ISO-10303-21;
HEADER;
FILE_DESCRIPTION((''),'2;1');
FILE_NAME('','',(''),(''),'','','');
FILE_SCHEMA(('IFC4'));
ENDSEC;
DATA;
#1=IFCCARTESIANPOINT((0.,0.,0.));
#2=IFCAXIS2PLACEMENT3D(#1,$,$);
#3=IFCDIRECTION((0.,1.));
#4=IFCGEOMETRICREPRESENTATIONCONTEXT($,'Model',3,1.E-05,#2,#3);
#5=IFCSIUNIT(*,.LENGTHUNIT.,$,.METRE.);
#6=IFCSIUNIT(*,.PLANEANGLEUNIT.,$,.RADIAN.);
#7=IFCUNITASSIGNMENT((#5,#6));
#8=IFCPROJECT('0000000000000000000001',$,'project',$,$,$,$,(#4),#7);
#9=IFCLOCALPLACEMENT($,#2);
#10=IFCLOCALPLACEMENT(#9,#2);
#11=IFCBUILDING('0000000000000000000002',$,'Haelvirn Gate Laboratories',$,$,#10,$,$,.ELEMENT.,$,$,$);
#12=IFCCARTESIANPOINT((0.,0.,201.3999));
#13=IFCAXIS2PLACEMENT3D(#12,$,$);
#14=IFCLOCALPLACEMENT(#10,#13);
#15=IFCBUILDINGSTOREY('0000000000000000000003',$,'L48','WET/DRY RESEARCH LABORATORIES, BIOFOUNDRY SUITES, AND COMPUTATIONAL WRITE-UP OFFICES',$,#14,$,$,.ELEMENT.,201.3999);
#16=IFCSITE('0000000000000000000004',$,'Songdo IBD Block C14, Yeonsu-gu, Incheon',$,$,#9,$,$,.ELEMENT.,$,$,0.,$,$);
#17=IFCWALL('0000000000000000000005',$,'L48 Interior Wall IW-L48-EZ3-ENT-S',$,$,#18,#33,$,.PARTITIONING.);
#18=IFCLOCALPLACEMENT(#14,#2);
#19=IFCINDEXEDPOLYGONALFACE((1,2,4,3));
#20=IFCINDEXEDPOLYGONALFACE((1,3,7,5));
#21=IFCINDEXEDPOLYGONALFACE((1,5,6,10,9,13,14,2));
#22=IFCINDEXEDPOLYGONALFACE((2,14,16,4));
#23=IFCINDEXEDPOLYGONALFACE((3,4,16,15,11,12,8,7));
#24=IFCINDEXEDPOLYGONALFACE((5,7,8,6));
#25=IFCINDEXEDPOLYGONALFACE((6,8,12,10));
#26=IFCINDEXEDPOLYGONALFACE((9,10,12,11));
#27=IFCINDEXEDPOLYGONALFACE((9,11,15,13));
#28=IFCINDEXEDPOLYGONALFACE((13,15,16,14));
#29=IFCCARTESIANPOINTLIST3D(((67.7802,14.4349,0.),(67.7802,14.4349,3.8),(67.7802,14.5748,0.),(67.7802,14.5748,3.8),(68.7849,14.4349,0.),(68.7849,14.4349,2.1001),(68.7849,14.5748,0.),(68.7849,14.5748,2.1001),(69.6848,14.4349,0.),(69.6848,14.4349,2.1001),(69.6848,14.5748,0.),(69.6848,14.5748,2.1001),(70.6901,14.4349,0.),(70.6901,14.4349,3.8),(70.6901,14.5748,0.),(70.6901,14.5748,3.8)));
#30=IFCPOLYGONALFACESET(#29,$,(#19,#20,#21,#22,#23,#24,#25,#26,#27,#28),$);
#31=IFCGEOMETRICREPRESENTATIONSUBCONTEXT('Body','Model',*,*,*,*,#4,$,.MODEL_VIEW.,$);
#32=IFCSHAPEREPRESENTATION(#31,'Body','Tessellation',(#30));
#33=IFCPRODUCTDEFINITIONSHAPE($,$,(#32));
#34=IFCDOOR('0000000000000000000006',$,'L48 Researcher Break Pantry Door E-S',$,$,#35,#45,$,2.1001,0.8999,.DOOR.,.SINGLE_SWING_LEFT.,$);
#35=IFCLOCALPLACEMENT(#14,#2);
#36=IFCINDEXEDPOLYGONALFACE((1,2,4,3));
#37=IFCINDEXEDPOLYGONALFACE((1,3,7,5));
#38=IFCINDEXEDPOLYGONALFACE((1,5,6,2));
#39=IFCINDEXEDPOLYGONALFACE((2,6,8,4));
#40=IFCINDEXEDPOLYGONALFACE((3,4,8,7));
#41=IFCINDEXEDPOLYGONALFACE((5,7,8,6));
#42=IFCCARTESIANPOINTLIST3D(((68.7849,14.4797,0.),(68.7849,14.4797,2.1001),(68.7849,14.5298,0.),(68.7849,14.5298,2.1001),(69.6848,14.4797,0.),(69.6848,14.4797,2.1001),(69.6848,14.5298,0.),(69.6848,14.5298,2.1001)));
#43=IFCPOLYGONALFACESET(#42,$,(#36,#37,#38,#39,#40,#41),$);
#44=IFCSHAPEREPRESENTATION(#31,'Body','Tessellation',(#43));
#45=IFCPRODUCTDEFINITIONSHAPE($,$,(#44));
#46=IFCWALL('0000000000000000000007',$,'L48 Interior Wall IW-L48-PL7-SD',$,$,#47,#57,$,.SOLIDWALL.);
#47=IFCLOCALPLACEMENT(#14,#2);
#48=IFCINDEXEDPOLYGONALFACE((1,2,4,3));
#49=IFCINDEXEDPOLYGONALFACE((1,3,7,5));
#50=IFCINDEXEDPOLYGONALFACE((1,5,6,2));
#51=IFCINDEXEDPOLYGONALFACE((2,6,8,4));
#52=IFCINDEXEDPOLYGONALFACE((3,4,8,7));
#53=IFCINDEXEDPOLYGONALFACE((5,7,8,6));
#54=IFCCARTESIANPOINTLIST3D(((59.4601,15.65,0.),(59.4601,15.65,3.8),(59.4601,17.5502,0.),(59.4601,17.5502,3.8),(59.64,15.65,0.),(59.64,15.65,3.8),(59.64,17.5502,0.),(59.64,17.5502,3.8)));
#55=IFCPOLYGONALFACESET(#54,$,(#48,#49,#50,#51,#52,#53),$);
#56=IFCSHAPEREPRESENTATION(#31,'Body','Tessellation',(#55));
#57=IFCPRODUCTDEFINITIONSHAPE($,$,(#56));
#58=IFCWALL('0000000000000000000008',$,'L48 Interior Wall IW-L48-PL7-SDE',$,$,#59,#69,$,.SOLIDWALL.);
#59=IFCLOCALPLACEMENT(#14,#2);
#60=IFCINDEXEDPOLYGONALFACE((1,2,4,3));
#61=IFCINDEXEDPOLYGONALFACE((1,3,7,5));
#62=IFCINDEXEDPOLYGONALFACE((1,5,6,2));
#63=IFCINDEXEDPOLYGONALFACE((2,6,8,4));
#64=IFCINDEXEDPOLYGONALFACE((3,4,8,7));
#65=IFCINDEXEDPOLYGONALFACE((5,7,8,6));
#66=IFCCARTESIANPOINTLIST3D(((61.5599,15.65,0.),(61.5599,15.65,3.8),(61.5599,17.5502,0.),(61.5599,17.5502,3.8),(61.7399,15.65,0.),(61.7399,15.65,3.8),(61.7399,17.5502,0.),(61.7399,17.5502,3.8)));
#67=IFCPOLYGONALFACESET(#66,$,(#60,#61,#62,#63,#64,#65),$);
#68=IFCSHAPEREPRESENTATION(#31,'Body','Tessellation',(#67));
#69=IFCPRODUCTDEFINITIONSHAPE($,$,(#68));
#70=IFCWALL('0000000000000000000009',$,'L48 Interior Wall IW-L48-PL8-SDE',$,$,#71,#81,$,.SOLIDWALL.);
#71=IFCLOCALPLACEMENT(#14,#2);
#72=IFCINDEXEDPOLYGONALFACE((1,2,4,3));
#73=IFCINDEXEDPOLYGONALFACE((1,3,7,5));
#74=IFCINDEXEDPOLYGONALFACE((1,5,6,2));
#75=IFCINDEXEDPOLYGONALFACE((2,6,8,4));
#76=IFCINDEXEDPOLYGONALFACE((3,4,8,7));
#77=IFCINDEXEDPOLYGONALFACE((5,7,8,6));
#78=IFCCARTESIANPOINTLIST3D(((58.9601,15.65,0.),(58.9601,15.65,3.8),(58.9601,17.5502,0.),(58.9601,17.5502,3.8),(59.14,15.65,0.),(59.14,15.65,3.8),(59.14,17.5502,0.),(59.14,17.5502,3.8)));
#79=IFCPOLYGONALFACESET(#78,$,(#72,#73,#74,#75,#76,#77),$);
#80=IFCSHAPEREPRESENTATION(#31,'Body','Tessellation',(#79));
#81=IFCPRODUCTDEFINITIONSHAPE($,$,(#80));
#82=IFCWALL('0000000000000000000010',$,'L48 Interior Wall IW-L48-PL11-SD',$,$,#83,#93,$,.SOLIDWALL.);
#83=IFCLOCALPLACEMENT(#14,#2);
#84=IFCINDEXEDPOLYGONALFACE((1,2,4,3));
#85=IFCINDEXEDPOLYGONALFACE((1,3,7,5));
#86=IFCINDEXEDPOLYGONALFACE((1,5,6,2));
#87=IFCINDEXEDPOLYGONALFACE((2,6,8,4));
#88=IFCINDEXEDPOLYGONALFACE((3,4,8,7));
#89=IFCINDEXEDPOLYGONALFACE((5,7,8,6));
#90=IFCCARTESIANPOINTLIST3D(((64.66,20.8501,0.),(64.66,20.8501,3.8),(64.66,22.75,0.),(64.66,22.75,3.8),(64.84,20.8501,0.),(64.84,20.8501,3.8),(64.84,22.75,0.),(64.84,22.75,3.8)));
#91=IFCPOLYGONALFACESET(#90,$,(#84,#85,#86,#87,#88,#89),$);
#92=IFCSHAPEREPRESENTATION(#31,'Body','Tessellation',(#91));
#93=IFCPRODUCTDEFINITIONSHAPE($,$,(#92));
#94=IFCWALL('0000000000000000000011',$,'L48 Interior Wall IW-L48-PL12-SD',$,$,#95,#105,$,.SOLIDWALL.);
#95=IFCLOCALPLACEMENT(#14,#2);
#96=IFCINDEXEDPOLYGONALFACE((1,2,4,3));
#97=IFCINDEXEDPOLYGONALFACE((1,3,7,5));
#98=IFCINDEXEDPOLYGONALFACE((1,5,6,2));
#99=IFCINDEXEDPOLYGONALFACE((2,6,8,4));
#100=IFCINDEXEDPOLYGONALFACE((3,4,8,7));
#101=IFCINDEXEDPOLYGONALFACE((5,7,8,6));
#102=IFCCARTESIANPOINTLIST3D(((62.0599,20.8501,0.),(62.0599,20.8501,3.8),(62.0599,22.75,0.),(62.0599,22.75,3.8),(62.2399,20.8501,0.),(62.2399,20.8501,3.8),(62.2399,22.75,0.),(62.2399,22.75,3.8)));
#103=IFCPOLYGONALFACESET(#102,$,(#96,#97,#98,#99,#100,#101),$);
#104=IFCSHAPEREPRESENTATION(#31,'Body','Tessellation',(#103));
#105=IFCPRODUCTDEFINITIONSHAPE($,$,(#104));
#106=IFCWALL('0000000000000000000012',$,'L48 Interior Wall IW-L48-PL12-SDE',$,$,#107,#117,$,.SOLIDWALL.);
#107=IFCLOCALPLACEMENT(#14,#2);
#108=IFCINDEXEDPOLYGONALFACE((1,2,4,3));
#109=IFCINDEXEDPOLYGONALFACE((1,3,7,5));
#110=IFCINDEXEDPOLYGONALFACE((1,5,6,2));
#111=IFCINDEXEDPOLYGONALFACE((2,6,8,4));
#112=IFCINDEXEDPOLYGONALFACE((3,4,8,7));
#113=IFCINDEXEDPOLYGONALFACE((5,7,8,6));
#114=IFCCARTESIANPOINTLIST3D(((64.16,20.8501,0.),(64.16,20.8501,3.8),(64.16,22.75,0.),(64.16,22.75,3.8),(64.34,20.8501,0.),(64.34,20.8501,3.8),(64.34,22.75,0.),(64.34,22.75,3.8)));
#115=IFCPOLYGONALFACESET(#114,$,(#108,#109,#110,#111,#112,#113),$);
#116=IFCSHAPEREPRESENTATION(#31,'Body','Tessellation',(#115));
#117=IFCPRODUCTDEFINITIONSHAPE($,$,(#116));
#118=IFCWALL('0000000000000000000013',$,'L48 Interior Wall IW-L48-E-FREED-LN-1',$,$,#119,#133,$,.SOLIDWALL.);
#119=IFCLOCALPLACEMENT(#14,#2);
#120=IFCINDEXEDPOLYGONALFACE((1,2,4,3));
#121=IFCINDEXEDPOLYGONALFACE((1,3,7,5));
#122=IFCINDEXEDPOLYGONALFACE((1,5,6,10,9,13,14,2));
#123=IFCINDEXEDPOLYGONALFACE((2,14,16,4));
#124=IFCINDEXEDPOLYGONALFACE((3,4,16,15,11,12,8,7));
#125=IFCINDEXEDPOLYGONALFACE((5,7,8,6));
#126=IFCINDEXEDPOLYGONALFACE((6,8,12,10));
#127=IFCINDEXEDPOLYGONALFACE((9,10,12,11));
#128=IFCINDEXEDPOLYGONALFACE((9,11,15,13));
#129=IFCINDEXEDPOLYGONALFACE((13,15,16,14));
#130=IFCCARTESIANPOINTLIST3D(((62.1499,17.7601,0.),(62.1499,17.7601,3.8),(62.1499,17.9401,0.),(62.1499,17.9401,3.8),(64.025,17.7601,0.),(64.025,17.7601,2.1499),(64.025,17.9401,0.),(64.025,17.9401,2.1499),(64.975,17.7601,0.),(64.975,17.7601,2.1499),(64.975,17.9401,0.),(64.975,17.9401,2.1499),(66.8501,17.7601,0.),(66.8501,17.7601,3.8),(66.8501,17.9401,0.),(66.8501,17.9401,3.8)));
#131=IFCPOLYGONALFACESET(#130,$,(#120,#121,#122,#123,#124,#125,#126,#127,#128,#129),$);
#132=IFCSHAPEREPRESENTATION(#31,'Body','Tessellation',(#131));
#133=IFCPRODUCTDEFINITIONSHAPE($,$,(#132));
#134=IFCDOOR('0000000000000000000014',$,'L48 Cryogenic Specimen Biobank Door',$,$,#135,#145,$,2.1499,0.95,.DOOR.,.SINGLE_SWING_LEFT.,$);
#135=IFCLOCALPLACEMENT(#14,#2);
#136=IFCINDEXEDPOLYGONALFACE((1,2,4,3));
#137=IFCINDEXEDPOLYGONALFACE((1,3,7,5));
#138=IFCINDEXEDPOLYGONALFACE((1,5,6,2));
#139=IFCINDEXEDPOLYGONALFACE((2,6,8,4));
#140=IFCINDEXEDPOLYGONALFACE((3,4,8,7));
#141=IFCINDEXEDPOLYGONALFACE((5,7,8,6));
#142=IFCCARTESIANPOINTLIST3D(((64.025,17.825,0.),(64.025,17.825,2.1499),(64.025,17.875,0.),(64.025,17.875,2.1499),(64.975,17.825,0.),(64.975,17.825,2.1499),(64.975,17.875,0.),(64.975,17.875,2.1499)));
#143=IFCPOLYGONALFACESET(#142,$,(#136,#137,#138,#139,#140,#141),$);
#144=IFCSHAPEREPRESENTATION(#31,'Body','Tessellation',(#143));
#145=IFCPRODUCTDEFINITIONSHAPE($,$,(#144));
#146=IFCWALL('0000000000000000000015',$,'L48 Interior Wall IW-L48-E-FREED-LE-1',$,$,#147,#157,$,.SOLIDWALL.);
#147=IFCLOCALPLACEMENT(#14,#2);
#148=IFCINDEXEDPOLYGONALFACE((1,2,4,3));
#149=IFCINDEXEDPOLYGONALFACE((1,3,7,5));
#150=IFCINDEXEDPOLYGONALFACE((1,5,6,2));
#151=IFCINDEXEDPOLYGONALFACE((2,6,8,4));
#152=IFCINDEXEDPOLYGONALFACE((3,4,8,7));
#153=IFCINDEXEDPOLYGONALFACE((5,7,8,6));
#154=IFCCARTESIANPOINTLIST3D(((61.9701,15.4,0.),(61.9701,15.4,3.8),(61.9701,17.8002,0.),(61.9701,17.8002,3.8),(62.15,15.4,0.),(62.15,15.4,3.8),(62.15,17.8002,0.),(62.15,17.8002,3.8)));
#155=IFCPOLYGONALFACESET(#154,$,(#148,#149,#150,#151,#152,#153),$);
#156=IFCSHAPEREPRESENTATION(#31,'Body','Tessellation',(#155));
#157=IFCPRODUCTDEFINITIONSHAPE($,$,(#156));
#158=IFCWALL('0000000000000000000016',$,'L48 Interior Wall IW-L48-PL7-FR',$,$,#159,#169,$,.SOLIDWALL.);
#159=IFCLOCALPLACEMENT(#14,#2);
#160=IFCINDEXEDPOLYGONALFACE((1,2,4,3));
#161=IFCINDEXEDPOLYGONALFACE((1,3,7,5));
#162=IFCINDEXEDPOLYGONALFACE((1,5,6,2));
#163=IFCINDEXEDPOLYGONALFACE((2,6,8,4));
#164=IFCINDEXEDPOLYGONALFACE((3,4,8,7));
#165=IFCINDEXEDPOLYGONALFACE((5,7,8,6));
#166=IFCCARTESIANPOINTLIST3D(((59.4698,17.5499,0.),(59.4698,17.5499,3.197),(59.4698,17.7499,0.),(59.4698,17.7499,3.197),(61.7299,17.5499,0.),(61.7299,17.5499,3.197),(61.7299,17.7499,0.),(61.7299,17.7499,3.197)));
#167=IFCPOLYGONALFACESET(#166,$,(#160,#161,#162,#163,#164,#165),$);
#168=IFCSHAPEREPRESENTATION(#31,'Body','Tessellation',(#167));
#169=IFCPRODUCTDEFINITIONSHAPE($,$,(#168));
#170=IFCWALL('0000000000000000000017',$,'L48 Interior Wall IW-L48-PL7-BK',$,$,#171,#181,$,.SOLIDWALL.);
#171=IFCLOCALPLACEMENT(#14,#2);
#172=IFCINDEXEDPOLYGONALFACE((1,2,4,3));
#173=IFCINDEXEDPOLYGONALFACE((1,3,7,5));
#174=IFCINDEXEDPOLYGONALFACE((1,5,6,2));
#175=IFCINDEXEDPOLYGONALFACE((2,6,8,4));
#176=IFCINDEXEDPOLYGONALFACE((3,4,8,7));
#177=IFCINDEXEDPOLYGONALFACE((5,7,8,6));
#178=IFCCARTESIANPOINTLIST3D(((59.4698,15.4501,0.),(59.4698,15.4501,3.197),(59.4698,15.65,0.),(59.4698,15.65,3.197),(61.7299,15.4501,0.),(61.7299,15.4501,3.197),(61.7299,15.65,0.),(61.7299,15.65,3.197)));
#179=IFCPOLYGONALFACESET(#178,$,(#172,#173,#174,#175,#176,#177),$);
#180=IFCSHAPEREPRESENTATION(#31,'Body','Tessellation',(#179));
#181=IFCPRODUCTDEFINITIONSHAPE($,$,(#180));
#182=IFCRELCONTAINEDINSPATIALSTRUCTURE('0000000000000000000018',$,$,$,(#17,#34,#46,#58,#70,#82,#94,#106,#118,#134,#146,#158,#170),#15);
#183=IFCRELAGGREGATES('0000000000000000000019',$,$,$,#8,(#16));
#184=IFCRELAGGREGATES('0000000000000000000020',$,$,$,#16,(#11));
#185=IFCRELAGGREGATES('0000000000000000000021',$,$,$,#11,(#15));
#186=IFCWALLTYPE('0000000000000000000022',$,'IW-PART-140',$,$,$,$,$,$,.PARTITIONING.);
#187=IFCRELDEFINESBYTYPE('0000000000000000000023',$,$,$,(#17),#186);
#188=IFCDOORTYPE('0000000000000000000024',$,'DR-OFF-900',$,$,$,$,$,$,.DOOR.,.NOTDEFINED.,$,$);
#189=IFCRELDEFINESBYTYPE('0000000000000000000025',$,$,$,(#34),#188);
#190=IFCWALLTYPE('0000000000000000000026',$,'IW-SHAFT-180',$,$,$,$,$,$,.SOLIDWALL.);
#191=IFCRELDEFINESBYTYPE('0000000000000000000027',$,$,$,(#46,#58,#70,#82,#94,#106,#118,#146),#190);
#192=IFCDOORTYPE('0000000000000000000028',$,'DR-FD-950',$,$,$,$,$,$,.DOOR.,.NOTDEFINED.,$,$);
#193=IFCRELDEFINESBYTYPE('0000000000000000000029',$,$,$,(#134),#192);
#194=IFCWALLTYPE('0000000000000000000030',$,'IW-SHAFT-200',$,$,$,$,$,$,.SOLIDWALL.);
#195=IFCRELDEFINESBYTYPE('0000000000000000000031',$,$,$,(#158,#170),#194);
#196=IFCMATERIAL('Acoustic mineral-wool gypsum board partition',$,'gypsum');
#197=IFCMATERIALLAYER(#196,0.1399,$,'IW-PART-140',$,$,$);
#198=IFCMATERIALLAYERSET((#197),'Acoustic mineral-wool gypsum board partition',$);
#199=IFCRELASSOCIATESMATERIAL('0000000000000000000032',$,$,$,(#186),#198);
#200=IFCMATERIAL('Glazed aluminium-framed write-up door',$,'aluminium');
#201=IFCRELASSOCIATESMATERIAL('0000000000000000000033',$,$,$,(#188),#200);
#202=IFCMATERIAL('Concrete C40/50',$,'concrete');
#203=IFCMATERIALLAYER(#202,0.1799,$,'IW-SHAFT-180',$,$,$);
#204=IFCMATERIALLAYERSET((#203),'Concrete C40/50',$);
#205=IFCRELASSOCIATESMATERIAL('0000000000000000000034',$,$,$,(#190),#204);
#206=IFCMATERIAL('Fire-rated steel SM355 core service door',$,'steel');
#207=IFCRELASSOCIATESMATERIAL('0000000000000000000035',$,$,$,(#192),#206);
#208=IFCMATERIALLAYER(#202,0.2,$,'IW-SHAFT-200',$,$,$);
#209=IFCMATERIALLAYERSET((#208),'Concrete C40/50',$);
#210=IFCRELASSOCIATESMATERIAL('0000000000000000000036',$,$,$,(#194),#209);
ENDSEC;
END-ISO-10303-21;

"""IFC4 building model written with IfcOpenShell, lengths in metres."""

from ifc_helpers import new_model, si_unit, direction, frame, frame_2d, origin, place, context, subcontext, project, spatial, rectangle, extrude, source, transform, mapped, material, layer, layer_set, type_object, type_shapes, element, fill, save


model = new_model("IFC4")

# Units and contexts
model_context = context("Model", 3, precision=1e-05, world=origin(), true_north=direction((0.0, 1.0)))
body_context = subcontext(model_context, "Body", "Model", "MODEL_VIEW")
ifc_project = project(units=[si_unit("LENGTHUNIT", "METRE"), si_unit("PLANEANGLEUNIT", "RADIAN")], contexts=[model_context])

# Site, building, storey
site_placement = place(None, origin())
site = spatial("IfcSite", under=ifc_project, at=site_placement, Name="Songdo IBD Block C14, Yeonsu-gu, Incheon", CompositionType="ELEMENT", RefElevation=0.0)
building_placement = place(site_placement, origin())
building = spatial("IfcBuilding", under=site, at=building_placement, Name="Haelvirn Gate Laboratories", CompositionType="ELEMENT")
storey_placement = place(building_placement, frame((0.0, 0.0, 201.3999)))
storey = spatial("IfcBuildingStorey", under=building, at=storey_placement, Name="L48", Description="WET/DRY RESEARCH LABORATORIES, BIOFOUNDRY SUITES, AND COMPUTATIONAL WRITE-UP OFFICES", CompositionType="ELEMENT", Elevation=201.3999)

# Wall, opening, door
ifc_material_1 = material(Name="Acoustic mineral-wool gypsum board partition", Category="gypsum")
ifc_layer_1 = layer(ifc_material_1, 0.1399, Name="IW-PART-140")
ifc_layer_set_1 = layer_set([ifc_layer_1], Name="Acoustic mineral-wool gypsum board partition")
wall_type_1 = type_object("IfcWallType", Name="IW-PART-140", PredefinedType="PARTITIONING", material=ifc_layer_set_1)
wall_1_placement = place(storey_placement, frame((67.78, 14.5049, 0.0), z_axis=(0.0, 0.0, 1.0), x_axis=(1.0, 0.0, 0.0)))
wall_1 = element("IfcWall", 1, at=wall_1_placement, inside=storey, type_object=wall_type_1, Name="L48 Interior Wall IW-L48-EZ3-ENT-S", PredefinedType="PARTITIONING", context=body_context, shape_type="SweptSolid", body=[
    extrude(rectangle(XDim=2.9099, YDim=0.1399, at=frame_2d((1.4551, 0.0))), origin(), (0.0, 0.0, 1.0), 3.8),
])
opening_1_placement = place(wall_1_placement, frame((1.0049, 0.0, 0.0)))
opening_1 = element("IfcOpeningElement", 2, at=opening_1_placement, cuts=wall_1, PredefinedType="OPENING", context=body_context, shape_type="SweptSolid", body=[
    extrude(rectangle(XDim=0.8999, YDim=2.1001, at=frame_2d((0.45, 1.05))), frame((0.0, 0.0801, 0.0), z_axis=(0.0, -1.0, 0.0), x_axis=(1.0, 0.0, 0.0)), (0.0, 0.0, 1.0), 0.1599),
])
ifc_material_2 = material(Name="Glazed aluminium-framed write-up door", Category="aluminium")
door_type_1 = type_object("IfcDoorType", Name="DR-OFF-900", OperationType="NOTDEFINED", PredefinedType="DOOR", material=ifc_material_2)
shared_shape_1 = source(origin(), body_context, "Body", "SweptSolid", [
    extrude(rectangle(XDim=0.8999, YDim=2.1001, at=frame_2d((0.45, 1.05))), frame((0.0, 0.0249, 0.0), z_axis=(0.0, -1.0, 0.0), x_axis=(1.0, 0.0, 0.0)), (0.0, 0.0, 1.0), 0.05),
])
type_shapes(door_type_1, [shared_shape_1])
door_1_placement = place(opening_1_placement, origin())
door_1 = element("IfcDoor", 3, at=door_1_placement, inside=storey, type_object=door_type_1, Name="L48 Researcher Break Pantry Door E-S", OperationType="SINGLE_SWING_LEFT", OverallHeight=2.1001, OverallWidth=0.8999, PredefinedType="DOOR", context=body_context, shape_type="MappedRepresentation", body=[
    mapped(shared_shape_1, transform((0.0, 0.0, 0.0), scale=1.0)),
])
fill(opening_1, door_1)

# Walls
ifc_material_3 = material(Name="Concrete C40/50", Category="concrete")
ifc_layer_2 = layer(ifc_material_3, 0.1799, Name="IW-SHAFT-180")
ifc_layer_set_2 = layer_set([ifc_layer_2], Name="Concrete C40/50")
wall_type_2 = type_object("IfcWallType", Name="IW-SHAFT-180", PredefinedType="SOLIDWALL", material=ifc_layer_set_2)
for number, where, z_axis, x_axis, name in (
    (4, (59.55, 15.6499, 0.0), (0.0, 0.0, 1.0), (0.0, 1.0, 0.0), "L48 Interior Wall IW-L48-PL7-SD"),
    (5, (61.6499, 15.6499, 0.0), (0.0, 0.0, 1.0), (0.0, 1.0, 0.0), "L48 Interior Wall IW-L48-PL7-SDE"),
    (6, (59.05, 15.6499, 0.0), (0.0, 0.0, 1.0), (0.0, 1.0, 0.0), "L48 Interior Wall IW-L48-PL8-SDE"),
):
    element("IfcWall", number, at=place(storey_placement, frame(where, z_axis=z_axis, x_axis=x_axis)), inside=storey, type_object=wall_type_2, Name=name, PredefinedType="SOLIDWALL", context=body_context, shape_type="SweptSolid", body=[
        extrude(rectangle(XDim=1.9001, YDim=0.1799, at=frame_2d((0.9502, 0.0))), origin(), (0.0, 0.0, 1.0), 3.8),
    ])
for number, where, z_axis, x_axis, name in (
    (7, (64.75, 20.8501, 0.0), (0.0, 0.0, 1.0), (0.0, 1.0, 0.0), "L48 Interior Wall IW-L48-PL11-SD"),
    (8, (62.1499, 20.8501, 0.0), (0.0, 0.0, 1.0), (0.0, 1.0, 0.0), "L48 Interior Wall IW-L48-PL12-SD"),
    (9, (64.25, 20.8501, 0.0), (0.0, 0.0, 1.0), (0.0, 1.0, 0.0), "L48 Interior Wall IW-L48-PL12-SDE"),
):
    element("IfcWall", number, at=place(storey_placement, frame(where, z_axis=z_axis, x_axis=x_axis)), inside=storey, type_object=wall_type_2, Name=name, PredefinedType="SOLIDWALL", context=body_context, shape_type="SweptSolid", body=[
        extrude(rectangle(XDim=1.8999, YDim=0.1799, at=frame_2d((0.95, 0.0))), origin(), (0.0, 0.0, 1.0), 3.8),
    ])

# Wall, opening, door
wall_2_placement = place(storey_placement, frame((62.1499, 17.8501, 0.0), z_axis=(0.0, 0.0, 1.0), x_axis=(1.0, 0.0, 0.0)))
wall_2 = element("IfcWall", 10, at=wall_2_placement, inside=storey, type_object=wall_type_2, Name="L48 Interior Wall IW-L48-E-FREED-LN-1", PredefinedType="SOLIDWALL", context=body_context, shape_type="SweptSolid", body=[
    extrude(rectangle(XDim=4.7002, YDim=0.1799, at=frame_2d((2.3501, 0.0))), origin(), (0.0, 0.0, 1.0), 3.8),
])
opening_2_placement = place(wall_2_placement, frame((1.875, 0.0, 0.0)))
opening_2 = element("IfcOpeningElement", 11, at=opening_2_placement, cuts=wall_2, PredefinedType="OPENING", context=body_context, shape_type="SweptSolid", body=[
    extrude(rectangle(XDim=0.95, YDim=2.1499, at=frame_2d((0.4751, 1.075))), frame((0.0, 0.1001, 0.0), z_axis=(0.0, -1.0, 0.0), x_axis=(1.0, 0.0, 0.0)), (0.0, 0.0, 1.0), 0.2),
])
ifc_material_4 = material(Name="Fire-rated steel SM355 core service door", Category="steel")
door_type_2 = type_object("IfcDoorType", Name="DR-FD-950", OperationType="NOTDEFINED", PredefinedType="DOOR", material=ifc_material_4)
shared_shape_2 = source(origin(), body_context, "Body", "SweptSolid", [
    extrude(rectangle(XDim=0.95, YDim=2.1499, at=frame_2d((0.4751, 1.075))), frame((0.0, 0.0249, 0.0), z_axis=(0.0, -1.0, 0.0), x_axis=(1.0, 0.0, 0.0)), (0.0, 0.0, 1.0), 0.05),
])
type_shapes(door_type_2, [shared_shape_2])
door_2_placement = place(opening_2_placement, origin())
door_2 = element("IfcDoor", 12, at=door_2_placement, inside=storey, type_object=door_type_2, Name="L48 Cryogenic Specimen Biobank Door", OperationType="SINGLE_SWING_LEFT", OverallHeight=2.1499, OverallWidth=0.95, PredefinedType="DOOR", context=body_context, shape_type="MappedRepresentation", body=[
    mapped(shared_shape_2, transform((0.0, 0.0, 0.0), scale=1.0)),
])
fill(opening_2, door_2)

# Walls
wall_3_placement = place(storey_placement, frame((62.0601, 15.3999, 0.0), z_axis=(0.0, 0.0, 1.0), x_axis=(0.0, 1.0, 0.0)))
element("IfcWall", 13, at=wall_3_placement, inside=storey, type_object=wall_type_2, Name="L48 Interior Wall IW-L48-E-FREED-LE-1", PredefinedType="SOLIDWALL", context=body_context, shape_type="SweptSolid", body=[
    extrude(rectangle(XDim=2.4001, YDim=0.1799, at=frame_2d((1.2002, 0.0))), origin(), (0.0, 0.0, 1.0), 3.8),
])
ifc_layer_3 = layer(ifc_material_3, 0.2, Name="IW-SHAFT-200")
ifc_layer_set_3 = layer_set([ifc_layer_3], Name="Concrete C40/50")
wall_type_3 = type_object("IfcWallType", Name="IW-SHAFT-200", PredefinedType="SOLIDWALL", material=ifc_layer_set_3)
for number, where, z_axis, x_axis, name in (
    (14, (59.47, 17.6499, 0.0), (0.0, 0.0, 1.0), (1.0, 0.0, 0.0), "L48 Interior Wall IW-L48-PL7-FR"),
    (15, (59.47, 15.55, 0.0), (0.0, 0.0, 1.0), (1.0, 0.0, 0.0), "L48 Interior Wall IW-L48-PL7-BK"),
):
    element("IfcWall", number, at=place(storey_placement, frame(where, z_axis=z_axis, x_axis=x_axis)), inside=storey, type_object=wall_type_3, Name=name, PredefinedType="SOLIDWALL", context=body_context, shape_type="SweptSolid", body=[
        extrude(rectangle(XDim=2.26, YDim=0.2, at=frame_2d((1.1299, 0.0))), origin(), (0.0, 0.0, 1.0), 3.197),
    ])

save(model, "model.ifc")
